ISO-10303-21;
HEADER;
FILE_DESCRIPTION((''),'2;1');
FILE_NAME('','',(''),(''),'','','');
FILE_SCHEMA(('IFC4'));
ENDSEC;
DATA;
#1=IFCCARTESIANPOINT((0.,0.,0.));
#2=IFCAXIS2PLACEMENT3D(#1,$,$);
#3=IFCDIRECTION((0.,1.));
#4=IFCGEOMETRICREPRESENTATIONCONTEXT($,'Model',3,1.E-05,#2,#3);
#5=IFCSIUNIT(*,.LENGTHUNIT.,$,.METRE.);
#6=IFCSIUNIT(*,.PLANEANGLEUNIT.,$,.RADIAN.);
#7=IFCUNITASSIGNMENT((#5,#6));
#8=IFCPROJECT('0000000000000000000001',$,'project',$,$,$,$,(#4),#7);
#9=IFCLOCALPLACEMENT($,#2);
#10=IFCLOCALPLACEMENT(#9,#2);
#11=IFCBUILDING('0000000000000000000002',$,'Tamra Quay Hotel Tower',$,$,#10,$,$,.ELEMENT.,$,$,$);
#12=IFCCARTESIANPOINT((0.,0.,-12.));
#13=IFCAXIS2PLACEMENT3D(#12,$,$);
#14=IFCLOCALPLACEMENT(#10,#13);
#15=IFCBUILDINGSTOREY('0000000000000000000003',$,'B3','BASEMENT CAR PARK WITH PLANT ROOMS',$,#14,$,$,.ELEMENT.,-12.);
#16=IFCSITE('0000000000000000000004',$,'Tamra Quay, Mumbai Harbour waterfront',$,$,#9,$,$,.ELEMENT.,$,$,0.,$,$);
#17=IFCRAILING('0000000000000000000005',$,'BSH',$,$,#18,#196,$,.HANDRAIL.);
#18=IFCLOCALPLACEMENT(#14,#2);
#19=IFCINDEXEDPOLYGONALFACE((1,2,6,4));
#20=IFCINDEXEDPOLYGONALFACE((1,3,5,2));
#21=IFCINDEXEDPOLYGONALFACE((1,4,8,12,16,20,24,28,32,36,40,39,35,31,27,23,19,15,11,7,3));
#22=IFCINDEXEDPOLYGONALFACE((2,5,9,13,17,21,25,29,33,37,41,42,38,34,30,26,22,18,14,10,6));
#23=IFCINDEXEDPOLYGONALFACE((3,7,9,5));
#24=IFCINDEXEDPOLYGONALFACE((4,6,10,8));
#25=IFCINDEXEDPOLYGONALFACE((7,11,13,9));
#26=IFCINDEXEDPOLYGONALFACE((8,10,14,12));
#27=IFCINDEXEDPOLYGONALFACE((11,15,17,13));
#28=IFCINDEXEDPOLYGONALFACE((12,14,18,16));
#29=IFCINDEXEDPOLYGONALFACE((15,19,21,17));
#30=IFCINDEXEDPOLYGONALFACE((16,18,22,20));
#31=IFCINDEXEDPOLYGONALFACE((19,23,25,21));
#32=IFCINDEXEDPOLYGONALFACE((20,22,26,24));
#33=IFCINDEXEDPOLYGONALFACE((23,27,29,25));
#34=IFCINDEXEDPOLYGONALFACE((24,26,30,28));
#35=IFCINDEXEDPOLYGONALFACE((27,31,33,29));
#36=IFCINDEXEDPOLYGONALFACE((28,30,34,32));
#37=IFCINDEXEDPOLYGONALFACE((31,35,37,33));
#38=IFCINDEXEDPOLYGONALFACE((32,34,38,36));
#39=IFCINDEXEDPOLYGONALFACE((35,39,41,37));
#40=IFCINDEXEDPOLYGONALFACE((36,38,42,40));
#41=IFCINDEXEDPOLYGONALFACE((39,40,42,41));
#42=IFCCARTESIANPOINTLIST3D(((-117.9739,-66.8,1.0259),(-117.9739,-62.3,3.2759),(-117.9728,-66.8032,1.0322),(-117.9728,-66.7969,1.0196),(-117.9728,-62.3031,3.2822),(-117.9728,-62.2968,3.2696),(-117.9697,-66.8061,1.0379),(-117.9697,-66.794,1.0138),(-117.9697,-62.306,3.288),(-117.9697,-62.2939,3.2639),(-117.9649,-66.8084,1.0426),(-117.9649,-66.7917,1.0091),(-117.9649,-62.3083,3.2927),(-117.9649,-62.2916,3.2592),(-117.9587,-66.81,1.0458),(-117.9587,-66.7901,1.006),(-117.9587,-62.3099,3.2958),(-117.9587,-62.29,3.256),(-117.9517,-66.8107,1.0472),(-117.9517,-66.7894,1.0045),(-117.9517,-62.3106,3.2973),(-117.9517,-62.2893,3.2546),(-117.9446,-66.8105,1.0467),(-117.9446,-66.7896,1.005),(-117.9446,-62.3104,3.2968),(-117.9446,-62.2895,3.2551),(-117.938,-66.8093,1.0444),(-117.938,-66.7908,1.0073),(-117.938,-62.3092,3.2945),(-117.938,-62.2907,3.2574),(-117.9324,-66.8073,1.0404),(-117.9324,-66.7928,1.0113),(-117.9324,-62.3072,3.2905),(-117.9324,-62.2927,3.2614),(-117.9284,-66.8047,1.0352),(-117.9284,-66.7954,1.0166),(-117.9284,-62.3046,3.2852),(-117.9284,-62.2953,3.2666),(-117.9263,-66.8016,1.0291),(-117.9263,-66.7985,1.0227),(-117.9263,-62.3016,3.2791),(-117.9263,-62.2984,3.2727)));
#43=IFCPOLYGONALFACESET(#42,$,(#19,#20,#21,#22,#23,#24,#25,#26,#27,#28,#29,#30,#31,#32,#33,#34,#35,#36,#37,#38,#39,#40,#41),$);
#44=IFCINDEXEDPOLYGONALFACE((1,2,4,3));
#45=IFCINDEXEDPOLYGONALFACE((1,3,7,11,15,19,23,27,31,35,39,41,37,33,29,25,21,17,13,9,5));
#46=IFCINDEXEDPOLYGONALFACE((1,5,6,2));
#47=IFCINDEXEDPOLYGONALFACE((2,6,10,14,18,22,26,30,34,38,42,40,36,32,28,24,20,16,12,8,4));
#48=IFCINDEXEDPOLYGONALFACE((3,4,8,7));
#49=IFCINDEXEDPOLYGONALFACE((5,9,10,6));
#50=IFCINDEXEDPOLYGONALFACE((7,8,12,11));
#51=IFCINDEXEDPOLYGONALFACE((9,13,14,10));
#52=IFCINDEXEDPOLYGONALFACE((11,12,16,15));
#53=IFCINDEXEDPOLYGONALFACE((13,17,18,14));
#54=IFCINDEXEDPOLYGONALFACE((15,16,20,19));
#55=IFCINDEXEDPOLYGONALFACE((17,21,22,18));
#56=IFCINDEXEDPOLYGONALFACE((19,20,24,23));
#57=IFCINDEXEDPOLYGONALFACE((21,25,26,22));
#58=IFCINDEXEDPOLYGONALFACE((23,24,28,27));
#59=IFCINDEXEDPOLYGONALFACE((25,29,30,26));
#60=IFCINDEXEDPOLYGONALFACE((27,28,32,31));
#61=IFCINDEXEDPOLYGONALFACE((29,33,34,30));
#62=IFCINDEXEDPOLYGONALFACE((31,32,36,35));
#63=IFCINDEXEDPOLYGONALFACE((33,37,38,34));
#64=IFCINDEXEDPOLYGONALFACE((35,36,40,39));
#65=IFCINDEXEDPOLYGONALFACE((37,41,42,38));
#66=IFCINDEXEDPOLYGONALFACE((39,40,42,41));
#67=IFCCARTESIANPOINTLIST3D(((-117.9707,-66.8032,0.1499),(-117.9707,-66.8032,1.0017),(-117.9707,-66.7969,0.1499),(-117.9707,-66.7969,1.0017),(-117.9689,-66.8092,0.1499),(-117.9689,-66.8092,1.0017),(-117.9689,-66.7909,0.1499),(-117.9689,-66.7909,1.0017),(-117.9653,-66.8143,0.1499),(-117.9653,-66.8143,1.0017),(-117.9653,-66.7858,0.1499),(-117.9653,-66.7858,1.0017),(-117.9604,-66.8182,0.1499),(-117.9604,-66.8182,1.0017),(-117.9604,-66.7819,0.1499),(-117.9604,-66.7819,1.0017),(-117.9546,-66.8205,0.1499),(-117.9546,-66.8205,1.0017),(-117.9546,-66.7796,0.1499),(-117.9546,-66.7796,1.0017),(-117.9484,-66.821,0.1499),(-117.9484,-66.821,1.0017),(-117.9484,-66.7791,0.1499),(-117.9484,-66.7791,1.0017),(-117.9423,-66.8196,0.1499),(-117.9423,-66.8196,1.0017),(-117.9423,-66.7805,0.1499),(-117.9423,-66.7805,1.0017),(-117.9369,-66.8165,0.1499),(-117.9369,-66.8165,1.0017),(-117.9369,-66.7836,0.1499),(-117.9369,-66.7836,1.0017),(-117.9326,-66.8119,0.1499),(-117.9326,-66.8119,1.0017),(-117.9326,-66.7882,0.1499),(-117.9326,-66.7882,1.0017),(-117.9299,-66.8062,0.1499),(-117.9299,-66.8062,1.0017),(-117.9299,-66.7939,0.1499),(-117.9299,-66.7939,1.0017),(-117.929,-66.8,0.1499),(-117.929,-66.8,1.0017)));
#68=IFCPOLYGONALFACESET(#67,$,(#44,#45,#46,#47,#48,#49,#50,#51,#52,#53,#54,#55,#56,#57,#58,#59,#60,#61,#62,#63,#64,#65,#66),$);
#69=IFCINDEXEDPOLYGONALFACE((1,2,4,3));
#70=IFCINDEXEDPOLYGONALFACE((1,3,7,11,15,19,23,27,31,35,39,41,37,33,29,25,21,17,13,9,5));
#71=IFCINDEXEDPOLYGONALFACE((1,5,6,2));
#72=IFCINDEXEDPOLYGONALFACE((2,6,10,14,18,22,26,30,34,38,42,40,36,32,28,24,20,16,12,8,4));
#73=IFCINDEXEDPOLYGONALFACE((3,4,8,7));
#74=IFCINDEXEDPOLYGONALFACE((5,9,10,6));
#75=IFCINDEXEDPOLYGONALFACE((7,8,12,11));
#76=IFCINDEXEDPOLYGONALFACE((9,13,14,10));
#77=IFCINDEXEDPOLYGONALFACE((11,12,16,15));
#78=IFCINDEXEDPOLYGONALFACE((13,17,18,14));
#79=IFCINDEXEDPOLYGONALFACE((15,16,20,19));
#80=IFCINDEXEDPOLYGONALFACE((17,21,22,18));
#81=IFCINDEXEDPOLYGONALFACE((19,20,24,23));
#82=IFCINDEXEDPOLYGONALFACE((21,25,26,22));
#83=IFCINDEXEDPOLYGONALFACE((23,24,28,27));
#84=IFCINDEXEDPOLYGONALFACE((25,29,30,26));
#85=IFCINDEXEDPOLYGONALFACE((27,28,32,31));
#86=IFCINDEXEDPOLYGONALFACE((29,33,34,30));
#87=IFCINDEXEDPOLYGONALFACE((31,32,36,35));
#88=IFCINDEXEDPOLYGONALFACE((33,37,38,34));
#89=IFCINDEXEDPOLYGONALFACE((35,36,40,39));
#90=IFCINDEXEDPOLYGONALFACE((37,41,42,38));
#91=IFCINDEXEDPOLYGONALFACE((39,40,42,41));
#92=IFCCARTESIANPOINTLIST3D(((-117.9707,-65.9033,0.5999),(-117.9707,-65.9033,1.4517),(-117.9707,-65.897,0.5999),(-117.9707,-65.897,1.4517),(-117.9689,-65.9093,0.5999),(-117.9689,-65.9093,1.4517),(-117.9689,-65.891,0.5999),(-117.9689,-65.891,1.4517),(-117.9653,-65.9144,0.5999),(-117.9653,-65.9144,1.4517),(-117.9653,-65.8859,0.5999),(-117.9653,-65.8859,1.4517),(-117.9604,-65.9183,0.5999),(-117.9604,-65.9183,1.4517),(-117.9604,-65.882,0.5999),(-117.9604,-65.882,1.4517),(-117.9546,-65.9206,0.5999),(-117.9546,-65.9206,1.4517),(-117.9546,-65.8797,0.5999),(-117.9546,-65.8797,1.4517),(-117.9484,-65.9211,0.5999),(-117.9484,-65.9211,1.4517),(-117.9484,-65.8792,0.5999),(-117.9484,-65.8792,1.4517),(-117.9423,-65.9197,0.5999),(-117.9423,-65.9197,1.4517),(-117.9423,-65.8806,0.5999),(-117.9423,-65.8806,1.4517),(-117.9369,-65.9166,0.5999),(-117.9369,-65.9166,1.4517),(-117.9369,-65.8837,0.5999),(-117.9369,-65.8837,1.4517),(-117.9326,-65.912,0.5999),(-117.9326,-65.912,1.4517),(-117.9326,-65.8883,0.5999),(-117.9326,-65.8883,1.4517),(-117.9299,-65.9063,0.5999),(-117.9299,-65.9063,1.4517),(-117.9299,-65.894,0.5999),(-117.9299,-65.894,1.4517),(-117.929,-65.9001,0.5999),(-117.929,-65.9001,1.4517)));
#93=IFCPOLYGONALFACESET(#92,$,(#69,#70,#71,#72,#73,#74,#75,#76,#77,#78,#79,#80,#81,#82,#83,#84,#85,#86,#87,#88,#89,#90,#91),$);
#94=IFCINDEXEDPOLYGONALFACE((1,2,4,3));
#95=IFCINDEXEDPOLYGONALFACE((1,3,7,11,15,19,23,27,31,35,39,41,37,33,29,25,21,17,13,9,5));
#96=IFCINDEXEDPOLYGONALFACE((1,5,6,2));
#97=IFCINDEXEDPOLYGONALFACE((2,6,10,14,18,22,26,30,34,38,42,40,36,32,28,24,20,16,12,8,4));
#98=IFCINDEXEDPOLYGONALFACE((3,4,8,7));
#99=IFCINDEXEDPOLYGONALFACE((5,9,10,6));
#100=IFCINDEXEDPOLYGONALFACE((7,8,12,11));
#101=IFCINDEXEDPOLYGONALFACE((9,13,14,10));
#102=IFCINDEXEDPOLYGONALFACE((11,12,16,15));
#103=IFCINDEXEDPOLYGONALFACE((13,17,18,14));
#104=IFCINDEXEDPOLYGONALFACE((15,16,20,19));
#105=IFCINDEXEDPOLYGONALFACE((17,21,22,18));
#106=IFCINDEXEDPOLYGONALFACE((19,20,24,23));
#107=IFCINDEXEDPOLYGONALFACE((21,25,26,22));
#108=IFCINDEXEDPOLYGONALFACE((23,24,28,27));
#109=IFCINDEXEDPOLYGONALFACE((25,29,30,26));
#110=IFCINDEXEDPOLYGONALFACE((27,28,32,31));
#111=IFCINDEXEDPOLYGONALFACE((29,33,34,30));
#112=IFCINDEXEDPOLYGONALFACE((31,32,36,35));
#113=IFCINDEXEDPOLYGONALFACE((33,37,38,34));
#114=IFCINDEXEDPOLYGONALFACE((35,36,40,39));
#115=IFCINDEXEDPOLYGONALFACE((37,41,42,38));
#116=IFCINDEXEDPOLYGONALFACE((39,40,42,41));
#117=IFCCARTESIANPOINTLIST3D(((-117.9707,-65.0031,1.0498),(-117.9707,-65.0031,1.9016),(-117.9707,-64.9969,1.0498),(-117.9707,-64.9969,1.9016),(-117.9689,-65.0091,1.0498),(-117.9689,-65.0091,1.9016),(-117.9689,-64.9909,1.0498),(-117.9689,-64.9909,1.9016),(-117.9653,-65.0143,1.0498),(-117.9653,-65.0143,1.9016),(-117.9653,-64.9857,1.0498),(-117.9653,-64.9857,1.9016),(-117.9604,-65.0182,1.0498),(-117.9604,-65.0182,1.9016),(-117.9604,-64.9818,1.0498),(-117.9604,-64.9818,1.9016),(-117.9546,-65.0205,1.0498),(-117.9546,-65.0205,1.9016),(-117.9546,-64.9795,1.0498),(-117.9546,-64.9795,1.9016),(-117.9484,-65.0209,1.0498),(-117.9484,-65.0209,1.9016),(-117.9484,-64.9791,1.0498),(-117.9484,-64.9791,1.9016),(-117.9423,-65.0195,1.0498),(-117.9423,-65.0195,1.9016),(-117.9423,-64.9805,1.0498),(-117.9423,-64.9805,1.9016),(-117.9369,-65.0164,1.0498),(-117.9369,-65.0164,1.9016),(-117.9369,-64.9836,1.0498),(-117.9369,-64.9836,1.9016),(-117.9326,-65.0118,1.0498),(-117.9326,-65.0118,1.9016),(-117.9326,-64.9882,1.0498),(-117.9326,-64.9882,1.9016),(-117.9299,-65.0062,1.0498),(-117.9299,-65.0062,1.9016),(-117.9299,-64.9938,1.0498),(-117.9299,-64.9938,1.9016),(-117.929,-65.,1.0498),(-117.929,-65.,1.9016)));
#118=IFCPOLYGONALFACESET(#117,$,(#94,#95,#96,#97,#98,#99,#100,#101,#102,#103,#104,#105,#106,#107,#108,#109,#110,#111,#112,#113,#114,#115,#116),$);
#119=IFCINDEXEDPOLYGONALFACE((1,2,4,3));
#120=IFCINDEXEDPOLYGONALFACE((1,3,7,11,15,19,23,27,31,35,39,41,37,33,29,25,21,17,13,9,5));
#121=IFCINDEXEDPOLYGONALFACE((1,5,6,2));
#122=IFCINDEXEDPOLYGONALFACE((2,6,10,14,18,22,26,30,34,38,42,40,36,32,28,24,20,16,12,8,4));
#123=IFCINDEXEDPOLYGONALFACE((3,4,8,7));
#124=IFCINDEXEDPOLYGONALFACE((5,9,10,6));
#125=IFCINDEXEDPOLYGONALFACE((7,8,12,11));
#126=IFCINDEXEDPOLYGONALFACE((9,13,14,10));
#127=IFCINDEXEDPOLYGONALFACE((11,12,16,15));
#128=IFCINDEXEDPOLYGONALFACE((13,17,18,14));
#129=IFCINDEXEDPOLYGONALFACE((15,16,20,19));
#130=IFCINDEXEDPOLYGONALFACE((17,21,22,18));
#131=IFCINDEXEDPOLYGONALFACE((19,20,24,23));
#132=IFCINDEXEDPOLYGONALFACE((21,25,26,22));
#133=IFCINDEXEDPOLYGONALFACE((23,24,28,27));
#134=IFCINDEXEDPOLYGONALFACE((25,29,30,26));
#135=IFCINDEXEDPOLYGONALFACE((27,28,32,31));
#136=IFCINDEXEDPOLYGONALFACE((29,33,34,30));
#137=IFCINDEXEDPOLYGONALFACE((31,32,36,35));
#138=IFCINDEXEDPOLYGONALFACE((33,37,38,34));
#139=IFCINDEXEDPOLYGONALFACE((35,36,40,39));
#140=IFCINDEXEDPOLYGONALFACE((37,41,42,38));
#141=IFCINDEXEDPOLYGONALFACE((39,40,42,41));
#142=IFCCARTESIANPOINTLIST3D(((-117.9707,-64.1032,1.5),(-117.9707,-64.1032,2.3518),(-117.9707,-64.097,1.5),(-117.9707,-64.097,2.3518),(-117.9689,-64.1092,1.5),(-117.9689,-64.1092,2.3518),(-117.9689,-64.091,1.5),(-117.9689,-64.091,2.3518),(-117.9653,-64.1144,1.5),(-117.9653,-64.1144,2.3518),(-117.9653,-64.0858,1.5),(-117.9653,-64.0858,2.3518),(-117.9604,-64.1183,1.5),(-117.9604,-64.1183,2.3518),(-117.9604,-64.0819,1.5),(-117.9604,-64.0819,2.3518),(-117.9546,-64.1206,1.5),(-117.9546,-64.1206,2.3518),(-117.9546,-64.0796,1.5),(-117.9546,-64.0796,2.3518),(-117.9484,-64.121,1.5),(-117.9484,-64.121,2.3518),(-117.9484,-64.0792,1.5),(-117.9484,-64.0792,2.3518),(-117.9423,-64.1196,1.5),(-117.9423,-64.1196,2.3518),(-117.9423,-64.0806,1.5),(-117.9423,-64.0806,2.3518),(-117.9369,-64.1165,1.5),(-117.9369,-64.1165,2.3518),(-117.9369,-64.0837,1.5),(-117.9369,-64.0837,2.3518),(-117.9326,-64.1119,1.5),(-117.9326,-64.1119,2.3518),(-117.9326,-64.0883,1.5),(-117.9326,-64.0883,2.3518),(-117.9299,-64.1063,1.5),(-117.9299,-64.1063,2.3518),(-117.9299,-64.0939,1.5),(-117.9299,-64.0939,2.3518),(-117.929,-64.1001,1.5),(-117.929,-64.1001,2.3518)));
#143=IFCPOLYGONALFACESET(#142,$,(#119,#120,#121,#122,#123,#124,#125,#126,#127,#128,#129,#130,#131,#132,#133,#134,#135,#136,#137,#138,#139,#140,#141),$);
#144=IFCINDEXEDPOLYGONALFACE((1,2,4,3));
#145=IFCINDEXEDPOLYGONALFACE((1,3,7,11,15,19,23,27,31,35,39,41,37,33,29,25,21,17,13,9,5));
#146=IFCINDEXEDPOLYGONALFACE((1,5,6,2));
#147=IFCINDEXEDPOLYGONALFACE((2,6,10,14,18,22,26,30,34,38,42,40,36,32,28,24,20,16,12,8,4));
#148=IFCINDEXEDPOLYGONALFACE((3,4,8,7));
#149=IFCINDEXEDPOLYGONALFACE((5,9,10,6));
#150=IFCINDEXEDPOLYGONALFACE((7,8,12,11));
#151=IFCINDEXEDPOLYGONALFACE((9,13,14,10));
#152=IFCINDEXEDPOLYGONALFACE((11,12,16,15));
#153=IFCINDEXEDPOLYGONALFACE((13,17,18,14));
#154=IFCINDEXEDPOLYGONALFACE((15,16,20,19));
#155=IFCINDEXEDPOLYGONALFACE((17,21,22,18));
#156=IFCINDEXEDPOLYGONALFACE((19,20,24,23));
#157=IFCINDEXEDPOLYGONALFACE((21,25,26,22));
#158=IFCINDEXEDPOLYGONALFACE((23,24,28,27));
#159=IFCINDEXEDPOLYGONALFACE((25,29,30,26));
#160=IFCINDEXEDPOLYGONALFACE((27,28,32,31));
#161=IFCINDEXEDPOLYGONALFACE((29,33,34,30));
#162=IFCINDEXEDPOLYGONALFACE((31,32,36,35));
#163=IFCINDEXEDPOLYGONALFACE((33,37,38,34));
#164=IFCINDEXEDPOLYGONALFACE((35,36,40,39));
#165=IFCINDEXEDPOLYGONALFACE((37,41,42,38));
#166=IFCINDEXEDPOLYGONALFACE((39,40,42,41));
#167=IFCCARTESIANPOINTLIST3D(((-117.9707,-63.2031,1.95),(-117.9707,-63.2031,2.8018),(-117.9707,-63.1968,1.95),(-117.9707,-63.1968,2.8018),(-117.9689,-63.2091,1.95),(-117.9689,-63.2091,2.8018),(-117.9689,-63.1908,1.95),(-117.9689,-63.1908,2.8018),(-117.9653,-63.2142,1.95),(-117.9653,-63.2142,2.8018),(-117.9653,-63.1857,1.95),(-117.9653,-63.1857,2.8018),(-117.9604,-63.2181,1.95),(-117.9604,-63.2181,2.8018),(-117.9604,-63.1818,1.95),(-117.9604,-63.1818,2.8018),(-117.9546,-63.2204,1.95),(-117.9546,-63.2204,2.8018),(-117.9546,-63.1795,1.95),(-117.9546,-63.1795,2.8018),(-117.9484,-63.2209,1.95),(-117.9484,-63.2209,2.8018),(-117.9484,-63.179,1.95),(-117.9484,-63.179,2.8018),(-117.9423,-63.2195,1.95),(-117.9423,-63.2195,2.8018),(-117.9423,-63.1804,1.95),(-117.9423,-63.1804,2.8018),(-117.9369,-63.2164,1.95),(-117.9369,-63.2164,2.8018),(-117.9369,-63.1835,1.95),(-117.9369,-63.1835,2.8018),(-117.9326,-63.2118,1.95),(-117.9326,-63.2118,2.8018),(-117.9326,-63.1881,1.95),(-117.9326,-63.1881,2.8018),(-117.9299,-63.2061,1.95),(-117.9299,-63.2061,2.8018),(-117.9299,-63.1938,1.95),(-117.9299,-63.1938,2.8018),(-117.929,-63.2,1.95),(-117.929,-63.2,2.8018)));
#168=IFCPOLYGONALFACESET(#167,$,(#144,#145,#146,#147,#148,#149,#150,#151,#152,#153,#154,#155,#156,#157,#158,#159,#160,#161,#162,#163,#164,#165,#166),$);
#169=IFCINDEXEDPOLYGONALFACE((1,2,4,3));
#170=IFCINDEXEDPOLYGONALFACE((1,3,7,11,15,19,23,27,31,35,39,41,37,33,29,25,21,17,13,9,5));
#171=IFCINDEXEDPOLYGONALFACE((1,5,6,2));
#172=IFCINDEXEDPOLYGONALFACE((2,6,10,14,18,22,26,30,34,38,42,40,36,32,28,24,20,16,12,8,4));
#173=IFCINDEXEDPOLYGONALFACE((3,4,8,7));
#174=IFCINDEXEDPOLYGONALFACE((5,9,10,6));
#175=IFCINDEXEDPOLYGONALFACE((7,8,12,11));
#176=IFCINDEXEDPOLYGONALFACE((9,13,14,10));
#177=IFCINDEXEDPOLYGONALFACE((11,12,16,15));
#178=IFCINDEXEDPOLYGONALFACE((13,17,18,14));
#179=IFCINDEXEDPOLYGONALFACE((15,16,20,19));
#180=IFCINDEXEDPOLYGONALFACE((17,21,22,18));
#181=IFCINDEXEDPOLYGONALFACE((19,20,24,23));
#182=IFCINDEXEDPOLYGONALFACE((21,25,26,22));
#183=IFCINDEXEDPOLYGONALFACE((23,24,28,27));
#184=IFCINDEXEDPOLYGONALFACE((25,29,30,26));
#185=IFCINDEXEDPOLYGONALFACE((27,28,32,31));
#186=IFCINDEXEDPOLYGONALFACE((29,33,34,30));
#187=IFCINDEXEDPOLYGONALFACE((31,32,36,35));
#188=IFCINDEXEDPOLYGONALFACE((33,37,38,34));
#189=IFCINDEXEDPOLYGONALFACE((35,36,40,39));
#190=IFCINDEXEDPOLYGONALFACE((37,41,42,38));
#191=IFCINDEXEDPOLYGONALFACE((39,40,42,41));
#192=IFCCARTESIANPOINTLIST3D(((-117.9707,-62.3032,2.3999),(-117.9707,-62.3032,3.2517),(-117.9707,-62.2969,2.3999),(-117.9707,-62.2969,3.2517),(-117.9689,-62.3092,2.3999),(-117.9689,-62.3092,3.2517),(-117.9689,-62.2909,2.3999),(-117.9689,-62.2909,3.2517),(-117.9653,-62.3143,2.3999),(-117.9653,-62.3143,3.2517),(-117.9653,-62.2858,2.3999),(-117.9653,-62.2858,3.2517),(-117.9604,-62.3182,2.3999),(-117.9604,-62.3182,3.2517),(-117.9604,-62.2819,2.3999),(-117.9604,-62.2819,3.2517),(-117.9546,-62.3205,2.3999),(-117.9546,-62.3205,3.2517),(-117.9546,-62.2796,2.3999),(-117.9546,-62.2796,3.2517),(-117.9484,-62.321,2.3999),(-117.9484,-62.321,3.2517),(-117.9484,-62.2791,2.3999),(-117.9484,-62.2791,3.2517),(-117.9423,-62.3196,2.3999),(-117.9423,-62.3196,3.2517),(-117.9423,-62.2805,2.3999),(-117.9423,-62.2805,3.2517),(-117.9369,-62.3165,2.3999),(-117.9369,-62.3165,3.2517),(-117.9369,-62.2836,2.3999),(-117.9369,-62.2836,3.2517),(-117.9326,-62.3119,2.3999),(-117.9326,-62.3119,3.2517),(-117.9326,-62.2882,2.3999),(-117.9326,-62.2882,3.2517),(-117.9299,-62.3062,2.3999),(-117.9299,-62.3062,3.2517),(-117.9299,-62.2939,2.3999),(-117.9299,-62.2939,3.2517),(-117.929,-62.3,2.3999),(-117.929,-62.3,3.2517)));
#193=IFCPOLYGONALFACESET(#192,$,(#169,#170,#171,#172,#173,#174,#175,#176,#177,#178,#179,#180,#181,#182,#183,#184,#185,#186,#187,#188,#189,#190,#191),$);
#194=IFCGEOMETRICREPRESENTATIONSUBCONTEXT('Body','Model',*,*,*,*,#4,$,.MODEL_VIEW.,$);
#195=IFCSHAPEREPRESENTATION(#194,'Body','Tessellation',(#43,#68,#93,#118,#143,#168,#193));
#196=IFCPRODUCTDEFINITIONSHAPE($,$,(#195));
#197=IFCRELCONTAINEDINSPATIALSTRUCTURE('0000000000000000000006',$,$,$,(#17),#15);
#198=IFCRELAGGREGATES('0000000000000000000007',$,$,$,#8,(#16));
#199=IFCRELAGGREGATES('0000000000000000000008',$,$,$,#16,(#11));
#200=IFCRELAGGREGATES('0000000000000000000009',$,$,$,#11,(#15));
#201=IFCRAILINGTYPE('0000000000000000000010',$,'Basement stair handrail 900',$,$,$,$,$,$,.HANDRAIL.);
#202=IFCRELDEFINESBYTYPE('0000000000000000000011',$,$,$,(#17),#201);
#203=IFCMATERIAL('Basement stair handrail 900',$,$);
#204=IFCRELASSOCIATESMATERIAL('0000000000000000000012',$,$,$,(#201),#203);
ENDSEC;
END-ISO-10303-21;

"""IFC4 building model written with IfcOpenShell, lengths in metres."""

from ifc_helpers import new_model, si_unit, direction, frame, origin, origin_2d, place, context, subcontext, project, spatial, circle, extrude, material, type_object, element, save


model = new_model("IFC4")

# Units and contexts
model_context = context("Model", 3, precision=1e-05, world=origin(), true_north=direction((0.0, 1.0)))
body_context = subcontext(model_context, "Body", "Model", "MODEL_VIEW")
ifc_project = project(units=[si_unit("LENGTHUNIT", "METRE"), si_unit("PLANEANGLEUNIT", "RADIAN")], contexts=[model_context])

# Site, building, storey
site_placement = place(None, origin())
site = spatial("IfcSite", under=ifc_project, at=site_placement, Name="Tamra Quay, Mumbai Harbour waterfront", CompositionType="ELEMENT", RefElevation=0.0)
building_placement = place(site_placement, origin())
building = spatial("IfcBuilding", under=site, at=building_placement, Name="Tamra Quay Hotel Tower", CompositionType="ELEMENT")
storey_placement = place(building_placement, frame((0.0, 0.0, -12.0)))
storey = spatial("IfcBuildingStorey", under=building, at=storey_placement, Name="B3", Description="BASEMENT CAR PARK WITH PLANT ROOMS", CompositionType="ELEMENT", Elevation=-12.0)

# Railing
ifc_material_1 = material(Name="Basement stair handrail 900")
railing_type_1 = type_object("IfcRailingType", Name="Basement stair handrail 900", PredefinedType="HANDRAIL", material=ifc_material_1)
railing_1_placement = place(storey_placement, frame((-117.95, -66.8, 0.1499)))
element("IfcRailing", 1, at=railing_1_placement, inside=storey, type_object=railing_type_1, Name="BSH", PredefinedType="HANDRAIL", context=body_context, shape_type="SweptSolid", body=[
    extrude(circle(Radius=0.0239, at=origin_2d()), frame((0.0, 0.0, 0.876), z_axis=(0.0, 0.894427, 0.447214), x_axis=(-1.0, 0.0, 0.0)), (0.0, 0.0, 1.0), 5.0312),
    extrude(circle(Radius=0.021, at=origin_2d()), origin(), (0.0, 0.0, 1.0), 0.8518),
    extrude(circle(Radius=0.021, at=origin_2d()), frame((0.0, 0.8999, 0.45)), (0.0, 0.0, 1.0), 0.8518),
    extrude(circle(Radius=0.021, at=origin_2d()), frame((0.0, 1.8, 0.8999)), (0.0, 0.0, 1.0), 0.8518),
    extrude(circle(Radius=0.021, at=origin_2d()), frame((0.0, 2.7, 1.3501)), (0.0, 0.0, 1.0), 0.8518),
    extrude(circle(Radius=0.021, at=origin_2d()), frame((0.0, 3.6001, 1.8)), (0.0, 0.0, 1.0), 0.8518),
    extrude(circle(Radius=0.021, at=origin_2d()), frame((0.0, 4.5, 2.25)), (0.0, 0.0, 1.0), 0.8518),
])

save(model, "model.ifc")
